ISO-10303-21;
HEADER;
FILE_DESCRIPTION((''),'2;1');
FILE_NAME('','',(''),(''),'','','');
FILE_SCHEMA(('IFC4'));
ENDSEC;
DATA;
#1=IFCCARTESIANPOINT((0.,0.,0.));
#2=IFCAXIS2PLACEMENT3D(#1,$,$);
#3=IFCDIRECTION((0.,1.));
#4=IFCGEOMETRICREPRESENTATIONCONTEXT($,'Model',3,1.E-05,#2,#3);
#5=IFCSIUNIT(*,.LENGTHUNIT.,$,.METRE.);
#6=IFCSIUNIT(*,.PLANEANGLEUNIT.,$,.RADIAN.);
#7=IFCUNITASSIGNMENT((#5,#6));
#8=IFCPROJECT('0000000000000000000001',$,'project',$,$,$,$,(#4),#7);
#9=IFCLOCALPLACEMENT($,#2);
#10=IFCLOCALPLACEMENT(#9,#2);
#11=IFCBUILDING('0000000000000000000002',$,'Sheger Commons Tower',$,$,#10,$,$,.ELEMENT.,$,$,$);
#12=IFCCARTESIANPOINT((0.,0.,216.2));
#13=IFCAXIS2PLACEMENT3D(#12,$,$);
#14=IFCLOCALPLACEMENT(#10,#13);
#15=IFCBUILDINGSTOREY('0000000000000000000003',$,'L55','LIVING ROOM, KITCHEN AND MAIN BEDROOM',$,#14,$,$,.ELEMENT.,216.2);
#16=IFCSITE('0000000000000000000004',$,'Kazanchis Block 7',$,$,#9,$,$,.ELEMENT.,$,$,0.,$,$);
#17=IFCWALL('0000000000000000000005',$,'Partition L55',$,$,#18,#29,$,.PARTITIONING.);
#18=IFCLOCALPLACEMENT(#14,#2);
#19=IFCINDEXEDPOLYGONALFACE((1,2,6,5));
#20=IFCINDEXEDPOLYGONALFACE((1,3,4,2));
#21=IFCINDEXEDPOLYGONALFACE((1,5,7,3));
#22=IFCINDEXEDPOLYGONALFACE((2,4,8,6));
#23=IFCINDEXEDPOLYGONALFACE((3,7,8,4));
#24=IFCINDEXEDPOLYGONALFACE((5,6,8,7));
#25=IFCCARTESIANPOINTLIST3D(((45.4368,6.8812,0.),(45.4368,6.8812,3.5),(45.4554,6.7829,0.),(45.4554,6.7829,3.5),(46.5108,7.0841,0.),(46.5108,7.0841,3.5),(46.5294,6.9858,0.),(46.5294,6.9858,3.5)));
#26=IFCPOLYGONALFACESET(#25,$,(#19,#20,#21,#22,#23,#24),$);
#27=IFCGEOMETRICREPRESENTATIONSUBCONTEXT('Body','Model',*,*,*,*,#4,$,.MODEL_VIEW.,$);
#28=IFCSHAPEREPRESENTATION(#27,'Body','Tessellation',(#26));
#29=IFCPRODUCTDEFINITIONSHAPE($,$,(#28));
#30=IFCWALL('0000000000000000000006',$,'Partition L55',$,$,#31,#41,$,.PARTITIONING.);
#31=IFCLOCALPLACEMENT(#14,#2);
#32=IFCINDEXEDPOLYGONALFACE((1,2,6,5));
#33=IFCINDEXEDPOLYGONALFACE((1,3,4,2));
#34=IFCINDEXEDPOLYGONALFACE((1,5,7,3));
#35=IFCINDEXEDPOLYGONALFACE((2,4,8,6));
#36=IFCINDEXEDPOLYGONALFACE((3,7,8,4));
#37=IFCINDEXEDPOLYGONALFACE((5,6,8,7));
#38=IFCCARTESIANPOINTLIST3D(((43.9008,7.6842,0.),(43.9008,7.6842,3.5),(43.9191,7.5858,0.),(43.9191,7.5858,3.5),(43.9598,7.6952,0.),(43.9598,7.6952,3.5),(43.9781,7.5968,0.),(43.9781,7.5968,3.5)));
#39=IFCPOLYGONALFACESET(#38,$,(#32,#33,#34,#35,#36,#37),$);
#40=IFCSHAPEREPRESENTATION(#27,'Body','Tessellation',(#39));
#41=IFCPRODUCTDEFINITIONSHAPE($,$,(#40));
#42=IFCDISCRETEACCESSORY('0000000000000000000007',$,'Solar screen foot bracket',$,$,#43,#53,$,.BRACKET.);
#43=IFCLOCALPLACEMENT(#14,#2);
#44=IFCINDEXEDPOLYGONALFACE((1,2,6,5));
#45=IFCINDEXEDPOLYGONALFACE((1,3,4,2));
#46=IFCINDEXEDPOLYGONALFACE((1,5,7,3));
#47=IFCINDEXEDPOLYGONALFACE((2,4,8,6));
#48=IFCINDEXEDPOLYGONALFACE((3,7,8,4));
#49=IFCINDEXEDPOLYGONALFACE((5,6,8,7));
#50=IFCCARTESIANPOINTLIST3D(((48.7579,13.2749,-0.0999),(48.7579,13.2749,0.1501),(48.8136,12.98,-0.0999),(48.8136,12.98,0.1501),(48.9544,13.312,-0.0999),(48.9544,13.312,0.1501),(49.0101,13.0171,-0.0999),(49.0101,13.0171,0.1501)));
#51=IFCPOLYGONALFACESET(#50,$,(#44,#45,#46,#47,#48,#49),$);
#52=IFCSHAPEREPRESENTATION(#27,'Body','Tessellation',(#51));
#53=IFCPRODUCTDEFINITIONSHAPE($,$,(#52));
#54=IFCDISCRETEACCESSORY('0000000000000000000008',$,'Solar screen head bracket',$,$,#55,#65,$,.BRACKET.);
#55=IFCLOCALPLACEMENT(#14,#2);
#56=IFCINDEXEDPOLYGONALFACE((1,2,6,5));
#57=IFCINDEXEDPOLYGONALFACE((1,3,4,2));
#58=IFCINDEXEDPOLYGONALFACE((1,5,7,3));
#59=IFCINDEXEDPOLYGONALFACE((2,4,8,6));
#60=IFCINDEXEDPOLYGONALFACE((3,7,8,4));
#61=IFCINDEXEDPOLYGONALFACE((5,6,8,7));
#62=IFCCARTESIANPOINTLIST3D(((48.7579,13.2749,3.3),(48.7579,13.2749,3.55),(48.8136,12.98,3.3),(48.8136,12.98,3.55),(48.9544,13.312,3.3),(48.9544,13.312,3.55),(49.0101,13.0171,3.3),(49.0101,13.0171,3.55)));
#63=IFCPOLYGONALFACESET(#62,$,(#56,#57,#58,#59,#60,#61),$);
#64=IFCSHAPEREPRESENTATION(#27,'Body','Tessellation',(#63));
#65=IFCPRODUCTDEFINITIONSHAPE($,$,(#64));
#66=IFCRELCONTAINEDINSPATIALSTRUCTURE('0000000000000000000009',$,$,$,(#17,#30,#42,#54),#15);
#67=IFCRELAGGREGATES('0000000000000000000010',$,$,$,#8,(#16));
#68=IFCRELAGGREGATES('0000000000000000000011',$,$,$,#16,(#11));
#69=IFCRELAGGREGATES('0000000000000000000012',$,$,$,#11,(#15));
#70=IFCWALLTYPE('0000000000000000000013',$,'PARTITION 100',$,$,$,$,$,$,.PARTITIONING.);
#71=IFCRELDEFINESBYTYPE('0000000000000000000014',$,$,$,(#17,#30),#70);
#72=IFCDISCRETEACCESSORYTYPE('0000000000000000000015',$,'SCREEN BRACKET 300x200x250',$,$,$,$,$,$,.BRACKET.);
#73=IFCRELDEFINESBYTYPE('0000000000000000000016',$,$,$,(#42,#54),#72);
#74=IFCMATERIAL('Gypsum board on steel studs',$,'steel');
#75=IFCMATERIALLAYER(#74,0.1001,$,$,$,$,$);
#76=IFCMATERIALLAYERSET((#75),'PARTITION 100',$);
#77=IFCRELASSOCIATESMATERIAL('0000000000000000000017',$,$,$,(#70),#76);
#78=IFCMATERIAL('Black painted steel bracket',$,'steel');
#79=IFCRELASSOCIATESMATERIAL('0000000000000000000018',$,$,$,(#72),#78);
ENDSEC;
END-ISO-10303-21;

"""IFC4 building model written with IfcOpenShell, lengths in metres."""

from ifc_helpers import new_model, si_unit, direction, frame, frame_2d, origin, origin_2d, place, context, subcontext, project, spatial, rectangle, extrude, material, layer, layer_set, type_object, element, save


model = new_model("IFC4")

# Units and contexts
model_context = context("Model", 3, precision=1e-05, world=origin(), true_north=direction((0.0, 1.0)))
body_context = subcontext(model_context, "Body", "Model", "MODEL_VIEW")
ifc_project = project(units=[si_unit("LENGTHUNIT", "METRE"), si_unit("PLANEANGLEUNIT", "RADIAN")], contexts=[model_context])

# Site, building, storey
site_placement = place(None, origin())
site = spatial("IfcSite", under=ifc_project, at=site_placement, Name="Kazanchis Block 7", CompositionType="ELEMENT", RefElevation=0.0)
building_placement = place(site_placement, origin())
building = spatial("IfcBuilding", under=site, at=building_placement, Name="Sheger Commons Tower", CompositionType="ELEMENT")
storey_placement = place(building_placement, frame((0.0, 0.0, 216.2)))
storey = spatial("IfcBuildingStorey", under=building, at=storey_placement, Name="L55", Description="LIVING ROOM, KITCHEN AND MAIN BEDROOM", CompositionType="ELEMENT", Elevation=216.2)

# Shared definitions
ifc_material_1 = material(Name="Gypsum board on steel studs", Category="steel")
ifc_layer_1 = layer(ifc_material_1, 0.1001)
ifc_layer_set_1 = layer_set([ifc_layer_1], Name="PARTITION 100")
wall_type_1 = type_object("IfcWallType", Name="PARTITION 100", PredefinedType="PARTITIONING", material=ifc_layer_set_1)

# Walls
wall_1_placement = place(storey_placement, frame((46.52, 7.0349, 0.0), z_axis=(0.0, 0.0, 1.0), x_axis=(-0.982621, -0.185624, 0.0)))
element("IfcWall", 1, at=wall_1_placement, inside=storey, type_object=wall_type_1, Name="Partition L55", PredefinedType="PARTITIONING", context=body_context, shape_type="SweptSolid", body=[
    extrude(rectangle(XDim=1.093, YDim=0.1001, at=frame_2d((0.5464, 0.0))), origin(), (0.0, 0.0, 1.0), 3.5),
])
wall_2_placement = place(storey_placement, frame((43.969, 7.646, 0.0), z_axis=(0.0, 0.0, 1.0), x_axis=(-0.983147, -0.182817, 0.0)))
element("IfcWall", 2, at=wall_2_placement, inside=storey, type_object=wall_type_1, Name="Partition L55", PredefinedType="PARTITIONING", context=body_context, shape_type="SweptSolid", body=[
    extrude(rectangle(XDim=0.0601, YDim=0.1001, at=frame_2d((0.03, 0.0))), origin(), (0.0, 0.0, 1.0), 3.5),
])

# Discrete accessories
ifc_material_2 = material(Name="Black painted steel bracket", Category="steel")
discrete_accessory_type = type_object("IfcDiscreteAccessoryType", Name="SCREEN BRACKET 300x200x250", PredefinedType="BRACKET", material=ifc_material_2)
for number, where, z_axis, x_axis, name in (
    (3, (48.884, 13.146, -0.0999), (0.0, 0.0, 1.0), (-0.185615, 0.982623, 0.0), "Solar screen foot bracket"),
    (4, (48.884, 13.146, 3.3), (0.0, 0.0, 1.0), (-0.185615, 0.982623, 0.0), "Solar screen head bracket"),
):
    element("IfcDiscreteAccessory", number, at=place(storey_placement, frame(where, z_axis=z_axis, x_axis=x_axis)), inside=storey, type_object=discrete_accessory_type, Name=name, PredefinedType="BRACKET", context=body_context, shape_type="SweptSolid", body=[
        extrude(rectangle(XDim=0.3, YDim=0.2, at=origin_2d()), origin(), (0.0, 0.0, 1.0), 0.25),
    ])

save(model, "model.ifc")
